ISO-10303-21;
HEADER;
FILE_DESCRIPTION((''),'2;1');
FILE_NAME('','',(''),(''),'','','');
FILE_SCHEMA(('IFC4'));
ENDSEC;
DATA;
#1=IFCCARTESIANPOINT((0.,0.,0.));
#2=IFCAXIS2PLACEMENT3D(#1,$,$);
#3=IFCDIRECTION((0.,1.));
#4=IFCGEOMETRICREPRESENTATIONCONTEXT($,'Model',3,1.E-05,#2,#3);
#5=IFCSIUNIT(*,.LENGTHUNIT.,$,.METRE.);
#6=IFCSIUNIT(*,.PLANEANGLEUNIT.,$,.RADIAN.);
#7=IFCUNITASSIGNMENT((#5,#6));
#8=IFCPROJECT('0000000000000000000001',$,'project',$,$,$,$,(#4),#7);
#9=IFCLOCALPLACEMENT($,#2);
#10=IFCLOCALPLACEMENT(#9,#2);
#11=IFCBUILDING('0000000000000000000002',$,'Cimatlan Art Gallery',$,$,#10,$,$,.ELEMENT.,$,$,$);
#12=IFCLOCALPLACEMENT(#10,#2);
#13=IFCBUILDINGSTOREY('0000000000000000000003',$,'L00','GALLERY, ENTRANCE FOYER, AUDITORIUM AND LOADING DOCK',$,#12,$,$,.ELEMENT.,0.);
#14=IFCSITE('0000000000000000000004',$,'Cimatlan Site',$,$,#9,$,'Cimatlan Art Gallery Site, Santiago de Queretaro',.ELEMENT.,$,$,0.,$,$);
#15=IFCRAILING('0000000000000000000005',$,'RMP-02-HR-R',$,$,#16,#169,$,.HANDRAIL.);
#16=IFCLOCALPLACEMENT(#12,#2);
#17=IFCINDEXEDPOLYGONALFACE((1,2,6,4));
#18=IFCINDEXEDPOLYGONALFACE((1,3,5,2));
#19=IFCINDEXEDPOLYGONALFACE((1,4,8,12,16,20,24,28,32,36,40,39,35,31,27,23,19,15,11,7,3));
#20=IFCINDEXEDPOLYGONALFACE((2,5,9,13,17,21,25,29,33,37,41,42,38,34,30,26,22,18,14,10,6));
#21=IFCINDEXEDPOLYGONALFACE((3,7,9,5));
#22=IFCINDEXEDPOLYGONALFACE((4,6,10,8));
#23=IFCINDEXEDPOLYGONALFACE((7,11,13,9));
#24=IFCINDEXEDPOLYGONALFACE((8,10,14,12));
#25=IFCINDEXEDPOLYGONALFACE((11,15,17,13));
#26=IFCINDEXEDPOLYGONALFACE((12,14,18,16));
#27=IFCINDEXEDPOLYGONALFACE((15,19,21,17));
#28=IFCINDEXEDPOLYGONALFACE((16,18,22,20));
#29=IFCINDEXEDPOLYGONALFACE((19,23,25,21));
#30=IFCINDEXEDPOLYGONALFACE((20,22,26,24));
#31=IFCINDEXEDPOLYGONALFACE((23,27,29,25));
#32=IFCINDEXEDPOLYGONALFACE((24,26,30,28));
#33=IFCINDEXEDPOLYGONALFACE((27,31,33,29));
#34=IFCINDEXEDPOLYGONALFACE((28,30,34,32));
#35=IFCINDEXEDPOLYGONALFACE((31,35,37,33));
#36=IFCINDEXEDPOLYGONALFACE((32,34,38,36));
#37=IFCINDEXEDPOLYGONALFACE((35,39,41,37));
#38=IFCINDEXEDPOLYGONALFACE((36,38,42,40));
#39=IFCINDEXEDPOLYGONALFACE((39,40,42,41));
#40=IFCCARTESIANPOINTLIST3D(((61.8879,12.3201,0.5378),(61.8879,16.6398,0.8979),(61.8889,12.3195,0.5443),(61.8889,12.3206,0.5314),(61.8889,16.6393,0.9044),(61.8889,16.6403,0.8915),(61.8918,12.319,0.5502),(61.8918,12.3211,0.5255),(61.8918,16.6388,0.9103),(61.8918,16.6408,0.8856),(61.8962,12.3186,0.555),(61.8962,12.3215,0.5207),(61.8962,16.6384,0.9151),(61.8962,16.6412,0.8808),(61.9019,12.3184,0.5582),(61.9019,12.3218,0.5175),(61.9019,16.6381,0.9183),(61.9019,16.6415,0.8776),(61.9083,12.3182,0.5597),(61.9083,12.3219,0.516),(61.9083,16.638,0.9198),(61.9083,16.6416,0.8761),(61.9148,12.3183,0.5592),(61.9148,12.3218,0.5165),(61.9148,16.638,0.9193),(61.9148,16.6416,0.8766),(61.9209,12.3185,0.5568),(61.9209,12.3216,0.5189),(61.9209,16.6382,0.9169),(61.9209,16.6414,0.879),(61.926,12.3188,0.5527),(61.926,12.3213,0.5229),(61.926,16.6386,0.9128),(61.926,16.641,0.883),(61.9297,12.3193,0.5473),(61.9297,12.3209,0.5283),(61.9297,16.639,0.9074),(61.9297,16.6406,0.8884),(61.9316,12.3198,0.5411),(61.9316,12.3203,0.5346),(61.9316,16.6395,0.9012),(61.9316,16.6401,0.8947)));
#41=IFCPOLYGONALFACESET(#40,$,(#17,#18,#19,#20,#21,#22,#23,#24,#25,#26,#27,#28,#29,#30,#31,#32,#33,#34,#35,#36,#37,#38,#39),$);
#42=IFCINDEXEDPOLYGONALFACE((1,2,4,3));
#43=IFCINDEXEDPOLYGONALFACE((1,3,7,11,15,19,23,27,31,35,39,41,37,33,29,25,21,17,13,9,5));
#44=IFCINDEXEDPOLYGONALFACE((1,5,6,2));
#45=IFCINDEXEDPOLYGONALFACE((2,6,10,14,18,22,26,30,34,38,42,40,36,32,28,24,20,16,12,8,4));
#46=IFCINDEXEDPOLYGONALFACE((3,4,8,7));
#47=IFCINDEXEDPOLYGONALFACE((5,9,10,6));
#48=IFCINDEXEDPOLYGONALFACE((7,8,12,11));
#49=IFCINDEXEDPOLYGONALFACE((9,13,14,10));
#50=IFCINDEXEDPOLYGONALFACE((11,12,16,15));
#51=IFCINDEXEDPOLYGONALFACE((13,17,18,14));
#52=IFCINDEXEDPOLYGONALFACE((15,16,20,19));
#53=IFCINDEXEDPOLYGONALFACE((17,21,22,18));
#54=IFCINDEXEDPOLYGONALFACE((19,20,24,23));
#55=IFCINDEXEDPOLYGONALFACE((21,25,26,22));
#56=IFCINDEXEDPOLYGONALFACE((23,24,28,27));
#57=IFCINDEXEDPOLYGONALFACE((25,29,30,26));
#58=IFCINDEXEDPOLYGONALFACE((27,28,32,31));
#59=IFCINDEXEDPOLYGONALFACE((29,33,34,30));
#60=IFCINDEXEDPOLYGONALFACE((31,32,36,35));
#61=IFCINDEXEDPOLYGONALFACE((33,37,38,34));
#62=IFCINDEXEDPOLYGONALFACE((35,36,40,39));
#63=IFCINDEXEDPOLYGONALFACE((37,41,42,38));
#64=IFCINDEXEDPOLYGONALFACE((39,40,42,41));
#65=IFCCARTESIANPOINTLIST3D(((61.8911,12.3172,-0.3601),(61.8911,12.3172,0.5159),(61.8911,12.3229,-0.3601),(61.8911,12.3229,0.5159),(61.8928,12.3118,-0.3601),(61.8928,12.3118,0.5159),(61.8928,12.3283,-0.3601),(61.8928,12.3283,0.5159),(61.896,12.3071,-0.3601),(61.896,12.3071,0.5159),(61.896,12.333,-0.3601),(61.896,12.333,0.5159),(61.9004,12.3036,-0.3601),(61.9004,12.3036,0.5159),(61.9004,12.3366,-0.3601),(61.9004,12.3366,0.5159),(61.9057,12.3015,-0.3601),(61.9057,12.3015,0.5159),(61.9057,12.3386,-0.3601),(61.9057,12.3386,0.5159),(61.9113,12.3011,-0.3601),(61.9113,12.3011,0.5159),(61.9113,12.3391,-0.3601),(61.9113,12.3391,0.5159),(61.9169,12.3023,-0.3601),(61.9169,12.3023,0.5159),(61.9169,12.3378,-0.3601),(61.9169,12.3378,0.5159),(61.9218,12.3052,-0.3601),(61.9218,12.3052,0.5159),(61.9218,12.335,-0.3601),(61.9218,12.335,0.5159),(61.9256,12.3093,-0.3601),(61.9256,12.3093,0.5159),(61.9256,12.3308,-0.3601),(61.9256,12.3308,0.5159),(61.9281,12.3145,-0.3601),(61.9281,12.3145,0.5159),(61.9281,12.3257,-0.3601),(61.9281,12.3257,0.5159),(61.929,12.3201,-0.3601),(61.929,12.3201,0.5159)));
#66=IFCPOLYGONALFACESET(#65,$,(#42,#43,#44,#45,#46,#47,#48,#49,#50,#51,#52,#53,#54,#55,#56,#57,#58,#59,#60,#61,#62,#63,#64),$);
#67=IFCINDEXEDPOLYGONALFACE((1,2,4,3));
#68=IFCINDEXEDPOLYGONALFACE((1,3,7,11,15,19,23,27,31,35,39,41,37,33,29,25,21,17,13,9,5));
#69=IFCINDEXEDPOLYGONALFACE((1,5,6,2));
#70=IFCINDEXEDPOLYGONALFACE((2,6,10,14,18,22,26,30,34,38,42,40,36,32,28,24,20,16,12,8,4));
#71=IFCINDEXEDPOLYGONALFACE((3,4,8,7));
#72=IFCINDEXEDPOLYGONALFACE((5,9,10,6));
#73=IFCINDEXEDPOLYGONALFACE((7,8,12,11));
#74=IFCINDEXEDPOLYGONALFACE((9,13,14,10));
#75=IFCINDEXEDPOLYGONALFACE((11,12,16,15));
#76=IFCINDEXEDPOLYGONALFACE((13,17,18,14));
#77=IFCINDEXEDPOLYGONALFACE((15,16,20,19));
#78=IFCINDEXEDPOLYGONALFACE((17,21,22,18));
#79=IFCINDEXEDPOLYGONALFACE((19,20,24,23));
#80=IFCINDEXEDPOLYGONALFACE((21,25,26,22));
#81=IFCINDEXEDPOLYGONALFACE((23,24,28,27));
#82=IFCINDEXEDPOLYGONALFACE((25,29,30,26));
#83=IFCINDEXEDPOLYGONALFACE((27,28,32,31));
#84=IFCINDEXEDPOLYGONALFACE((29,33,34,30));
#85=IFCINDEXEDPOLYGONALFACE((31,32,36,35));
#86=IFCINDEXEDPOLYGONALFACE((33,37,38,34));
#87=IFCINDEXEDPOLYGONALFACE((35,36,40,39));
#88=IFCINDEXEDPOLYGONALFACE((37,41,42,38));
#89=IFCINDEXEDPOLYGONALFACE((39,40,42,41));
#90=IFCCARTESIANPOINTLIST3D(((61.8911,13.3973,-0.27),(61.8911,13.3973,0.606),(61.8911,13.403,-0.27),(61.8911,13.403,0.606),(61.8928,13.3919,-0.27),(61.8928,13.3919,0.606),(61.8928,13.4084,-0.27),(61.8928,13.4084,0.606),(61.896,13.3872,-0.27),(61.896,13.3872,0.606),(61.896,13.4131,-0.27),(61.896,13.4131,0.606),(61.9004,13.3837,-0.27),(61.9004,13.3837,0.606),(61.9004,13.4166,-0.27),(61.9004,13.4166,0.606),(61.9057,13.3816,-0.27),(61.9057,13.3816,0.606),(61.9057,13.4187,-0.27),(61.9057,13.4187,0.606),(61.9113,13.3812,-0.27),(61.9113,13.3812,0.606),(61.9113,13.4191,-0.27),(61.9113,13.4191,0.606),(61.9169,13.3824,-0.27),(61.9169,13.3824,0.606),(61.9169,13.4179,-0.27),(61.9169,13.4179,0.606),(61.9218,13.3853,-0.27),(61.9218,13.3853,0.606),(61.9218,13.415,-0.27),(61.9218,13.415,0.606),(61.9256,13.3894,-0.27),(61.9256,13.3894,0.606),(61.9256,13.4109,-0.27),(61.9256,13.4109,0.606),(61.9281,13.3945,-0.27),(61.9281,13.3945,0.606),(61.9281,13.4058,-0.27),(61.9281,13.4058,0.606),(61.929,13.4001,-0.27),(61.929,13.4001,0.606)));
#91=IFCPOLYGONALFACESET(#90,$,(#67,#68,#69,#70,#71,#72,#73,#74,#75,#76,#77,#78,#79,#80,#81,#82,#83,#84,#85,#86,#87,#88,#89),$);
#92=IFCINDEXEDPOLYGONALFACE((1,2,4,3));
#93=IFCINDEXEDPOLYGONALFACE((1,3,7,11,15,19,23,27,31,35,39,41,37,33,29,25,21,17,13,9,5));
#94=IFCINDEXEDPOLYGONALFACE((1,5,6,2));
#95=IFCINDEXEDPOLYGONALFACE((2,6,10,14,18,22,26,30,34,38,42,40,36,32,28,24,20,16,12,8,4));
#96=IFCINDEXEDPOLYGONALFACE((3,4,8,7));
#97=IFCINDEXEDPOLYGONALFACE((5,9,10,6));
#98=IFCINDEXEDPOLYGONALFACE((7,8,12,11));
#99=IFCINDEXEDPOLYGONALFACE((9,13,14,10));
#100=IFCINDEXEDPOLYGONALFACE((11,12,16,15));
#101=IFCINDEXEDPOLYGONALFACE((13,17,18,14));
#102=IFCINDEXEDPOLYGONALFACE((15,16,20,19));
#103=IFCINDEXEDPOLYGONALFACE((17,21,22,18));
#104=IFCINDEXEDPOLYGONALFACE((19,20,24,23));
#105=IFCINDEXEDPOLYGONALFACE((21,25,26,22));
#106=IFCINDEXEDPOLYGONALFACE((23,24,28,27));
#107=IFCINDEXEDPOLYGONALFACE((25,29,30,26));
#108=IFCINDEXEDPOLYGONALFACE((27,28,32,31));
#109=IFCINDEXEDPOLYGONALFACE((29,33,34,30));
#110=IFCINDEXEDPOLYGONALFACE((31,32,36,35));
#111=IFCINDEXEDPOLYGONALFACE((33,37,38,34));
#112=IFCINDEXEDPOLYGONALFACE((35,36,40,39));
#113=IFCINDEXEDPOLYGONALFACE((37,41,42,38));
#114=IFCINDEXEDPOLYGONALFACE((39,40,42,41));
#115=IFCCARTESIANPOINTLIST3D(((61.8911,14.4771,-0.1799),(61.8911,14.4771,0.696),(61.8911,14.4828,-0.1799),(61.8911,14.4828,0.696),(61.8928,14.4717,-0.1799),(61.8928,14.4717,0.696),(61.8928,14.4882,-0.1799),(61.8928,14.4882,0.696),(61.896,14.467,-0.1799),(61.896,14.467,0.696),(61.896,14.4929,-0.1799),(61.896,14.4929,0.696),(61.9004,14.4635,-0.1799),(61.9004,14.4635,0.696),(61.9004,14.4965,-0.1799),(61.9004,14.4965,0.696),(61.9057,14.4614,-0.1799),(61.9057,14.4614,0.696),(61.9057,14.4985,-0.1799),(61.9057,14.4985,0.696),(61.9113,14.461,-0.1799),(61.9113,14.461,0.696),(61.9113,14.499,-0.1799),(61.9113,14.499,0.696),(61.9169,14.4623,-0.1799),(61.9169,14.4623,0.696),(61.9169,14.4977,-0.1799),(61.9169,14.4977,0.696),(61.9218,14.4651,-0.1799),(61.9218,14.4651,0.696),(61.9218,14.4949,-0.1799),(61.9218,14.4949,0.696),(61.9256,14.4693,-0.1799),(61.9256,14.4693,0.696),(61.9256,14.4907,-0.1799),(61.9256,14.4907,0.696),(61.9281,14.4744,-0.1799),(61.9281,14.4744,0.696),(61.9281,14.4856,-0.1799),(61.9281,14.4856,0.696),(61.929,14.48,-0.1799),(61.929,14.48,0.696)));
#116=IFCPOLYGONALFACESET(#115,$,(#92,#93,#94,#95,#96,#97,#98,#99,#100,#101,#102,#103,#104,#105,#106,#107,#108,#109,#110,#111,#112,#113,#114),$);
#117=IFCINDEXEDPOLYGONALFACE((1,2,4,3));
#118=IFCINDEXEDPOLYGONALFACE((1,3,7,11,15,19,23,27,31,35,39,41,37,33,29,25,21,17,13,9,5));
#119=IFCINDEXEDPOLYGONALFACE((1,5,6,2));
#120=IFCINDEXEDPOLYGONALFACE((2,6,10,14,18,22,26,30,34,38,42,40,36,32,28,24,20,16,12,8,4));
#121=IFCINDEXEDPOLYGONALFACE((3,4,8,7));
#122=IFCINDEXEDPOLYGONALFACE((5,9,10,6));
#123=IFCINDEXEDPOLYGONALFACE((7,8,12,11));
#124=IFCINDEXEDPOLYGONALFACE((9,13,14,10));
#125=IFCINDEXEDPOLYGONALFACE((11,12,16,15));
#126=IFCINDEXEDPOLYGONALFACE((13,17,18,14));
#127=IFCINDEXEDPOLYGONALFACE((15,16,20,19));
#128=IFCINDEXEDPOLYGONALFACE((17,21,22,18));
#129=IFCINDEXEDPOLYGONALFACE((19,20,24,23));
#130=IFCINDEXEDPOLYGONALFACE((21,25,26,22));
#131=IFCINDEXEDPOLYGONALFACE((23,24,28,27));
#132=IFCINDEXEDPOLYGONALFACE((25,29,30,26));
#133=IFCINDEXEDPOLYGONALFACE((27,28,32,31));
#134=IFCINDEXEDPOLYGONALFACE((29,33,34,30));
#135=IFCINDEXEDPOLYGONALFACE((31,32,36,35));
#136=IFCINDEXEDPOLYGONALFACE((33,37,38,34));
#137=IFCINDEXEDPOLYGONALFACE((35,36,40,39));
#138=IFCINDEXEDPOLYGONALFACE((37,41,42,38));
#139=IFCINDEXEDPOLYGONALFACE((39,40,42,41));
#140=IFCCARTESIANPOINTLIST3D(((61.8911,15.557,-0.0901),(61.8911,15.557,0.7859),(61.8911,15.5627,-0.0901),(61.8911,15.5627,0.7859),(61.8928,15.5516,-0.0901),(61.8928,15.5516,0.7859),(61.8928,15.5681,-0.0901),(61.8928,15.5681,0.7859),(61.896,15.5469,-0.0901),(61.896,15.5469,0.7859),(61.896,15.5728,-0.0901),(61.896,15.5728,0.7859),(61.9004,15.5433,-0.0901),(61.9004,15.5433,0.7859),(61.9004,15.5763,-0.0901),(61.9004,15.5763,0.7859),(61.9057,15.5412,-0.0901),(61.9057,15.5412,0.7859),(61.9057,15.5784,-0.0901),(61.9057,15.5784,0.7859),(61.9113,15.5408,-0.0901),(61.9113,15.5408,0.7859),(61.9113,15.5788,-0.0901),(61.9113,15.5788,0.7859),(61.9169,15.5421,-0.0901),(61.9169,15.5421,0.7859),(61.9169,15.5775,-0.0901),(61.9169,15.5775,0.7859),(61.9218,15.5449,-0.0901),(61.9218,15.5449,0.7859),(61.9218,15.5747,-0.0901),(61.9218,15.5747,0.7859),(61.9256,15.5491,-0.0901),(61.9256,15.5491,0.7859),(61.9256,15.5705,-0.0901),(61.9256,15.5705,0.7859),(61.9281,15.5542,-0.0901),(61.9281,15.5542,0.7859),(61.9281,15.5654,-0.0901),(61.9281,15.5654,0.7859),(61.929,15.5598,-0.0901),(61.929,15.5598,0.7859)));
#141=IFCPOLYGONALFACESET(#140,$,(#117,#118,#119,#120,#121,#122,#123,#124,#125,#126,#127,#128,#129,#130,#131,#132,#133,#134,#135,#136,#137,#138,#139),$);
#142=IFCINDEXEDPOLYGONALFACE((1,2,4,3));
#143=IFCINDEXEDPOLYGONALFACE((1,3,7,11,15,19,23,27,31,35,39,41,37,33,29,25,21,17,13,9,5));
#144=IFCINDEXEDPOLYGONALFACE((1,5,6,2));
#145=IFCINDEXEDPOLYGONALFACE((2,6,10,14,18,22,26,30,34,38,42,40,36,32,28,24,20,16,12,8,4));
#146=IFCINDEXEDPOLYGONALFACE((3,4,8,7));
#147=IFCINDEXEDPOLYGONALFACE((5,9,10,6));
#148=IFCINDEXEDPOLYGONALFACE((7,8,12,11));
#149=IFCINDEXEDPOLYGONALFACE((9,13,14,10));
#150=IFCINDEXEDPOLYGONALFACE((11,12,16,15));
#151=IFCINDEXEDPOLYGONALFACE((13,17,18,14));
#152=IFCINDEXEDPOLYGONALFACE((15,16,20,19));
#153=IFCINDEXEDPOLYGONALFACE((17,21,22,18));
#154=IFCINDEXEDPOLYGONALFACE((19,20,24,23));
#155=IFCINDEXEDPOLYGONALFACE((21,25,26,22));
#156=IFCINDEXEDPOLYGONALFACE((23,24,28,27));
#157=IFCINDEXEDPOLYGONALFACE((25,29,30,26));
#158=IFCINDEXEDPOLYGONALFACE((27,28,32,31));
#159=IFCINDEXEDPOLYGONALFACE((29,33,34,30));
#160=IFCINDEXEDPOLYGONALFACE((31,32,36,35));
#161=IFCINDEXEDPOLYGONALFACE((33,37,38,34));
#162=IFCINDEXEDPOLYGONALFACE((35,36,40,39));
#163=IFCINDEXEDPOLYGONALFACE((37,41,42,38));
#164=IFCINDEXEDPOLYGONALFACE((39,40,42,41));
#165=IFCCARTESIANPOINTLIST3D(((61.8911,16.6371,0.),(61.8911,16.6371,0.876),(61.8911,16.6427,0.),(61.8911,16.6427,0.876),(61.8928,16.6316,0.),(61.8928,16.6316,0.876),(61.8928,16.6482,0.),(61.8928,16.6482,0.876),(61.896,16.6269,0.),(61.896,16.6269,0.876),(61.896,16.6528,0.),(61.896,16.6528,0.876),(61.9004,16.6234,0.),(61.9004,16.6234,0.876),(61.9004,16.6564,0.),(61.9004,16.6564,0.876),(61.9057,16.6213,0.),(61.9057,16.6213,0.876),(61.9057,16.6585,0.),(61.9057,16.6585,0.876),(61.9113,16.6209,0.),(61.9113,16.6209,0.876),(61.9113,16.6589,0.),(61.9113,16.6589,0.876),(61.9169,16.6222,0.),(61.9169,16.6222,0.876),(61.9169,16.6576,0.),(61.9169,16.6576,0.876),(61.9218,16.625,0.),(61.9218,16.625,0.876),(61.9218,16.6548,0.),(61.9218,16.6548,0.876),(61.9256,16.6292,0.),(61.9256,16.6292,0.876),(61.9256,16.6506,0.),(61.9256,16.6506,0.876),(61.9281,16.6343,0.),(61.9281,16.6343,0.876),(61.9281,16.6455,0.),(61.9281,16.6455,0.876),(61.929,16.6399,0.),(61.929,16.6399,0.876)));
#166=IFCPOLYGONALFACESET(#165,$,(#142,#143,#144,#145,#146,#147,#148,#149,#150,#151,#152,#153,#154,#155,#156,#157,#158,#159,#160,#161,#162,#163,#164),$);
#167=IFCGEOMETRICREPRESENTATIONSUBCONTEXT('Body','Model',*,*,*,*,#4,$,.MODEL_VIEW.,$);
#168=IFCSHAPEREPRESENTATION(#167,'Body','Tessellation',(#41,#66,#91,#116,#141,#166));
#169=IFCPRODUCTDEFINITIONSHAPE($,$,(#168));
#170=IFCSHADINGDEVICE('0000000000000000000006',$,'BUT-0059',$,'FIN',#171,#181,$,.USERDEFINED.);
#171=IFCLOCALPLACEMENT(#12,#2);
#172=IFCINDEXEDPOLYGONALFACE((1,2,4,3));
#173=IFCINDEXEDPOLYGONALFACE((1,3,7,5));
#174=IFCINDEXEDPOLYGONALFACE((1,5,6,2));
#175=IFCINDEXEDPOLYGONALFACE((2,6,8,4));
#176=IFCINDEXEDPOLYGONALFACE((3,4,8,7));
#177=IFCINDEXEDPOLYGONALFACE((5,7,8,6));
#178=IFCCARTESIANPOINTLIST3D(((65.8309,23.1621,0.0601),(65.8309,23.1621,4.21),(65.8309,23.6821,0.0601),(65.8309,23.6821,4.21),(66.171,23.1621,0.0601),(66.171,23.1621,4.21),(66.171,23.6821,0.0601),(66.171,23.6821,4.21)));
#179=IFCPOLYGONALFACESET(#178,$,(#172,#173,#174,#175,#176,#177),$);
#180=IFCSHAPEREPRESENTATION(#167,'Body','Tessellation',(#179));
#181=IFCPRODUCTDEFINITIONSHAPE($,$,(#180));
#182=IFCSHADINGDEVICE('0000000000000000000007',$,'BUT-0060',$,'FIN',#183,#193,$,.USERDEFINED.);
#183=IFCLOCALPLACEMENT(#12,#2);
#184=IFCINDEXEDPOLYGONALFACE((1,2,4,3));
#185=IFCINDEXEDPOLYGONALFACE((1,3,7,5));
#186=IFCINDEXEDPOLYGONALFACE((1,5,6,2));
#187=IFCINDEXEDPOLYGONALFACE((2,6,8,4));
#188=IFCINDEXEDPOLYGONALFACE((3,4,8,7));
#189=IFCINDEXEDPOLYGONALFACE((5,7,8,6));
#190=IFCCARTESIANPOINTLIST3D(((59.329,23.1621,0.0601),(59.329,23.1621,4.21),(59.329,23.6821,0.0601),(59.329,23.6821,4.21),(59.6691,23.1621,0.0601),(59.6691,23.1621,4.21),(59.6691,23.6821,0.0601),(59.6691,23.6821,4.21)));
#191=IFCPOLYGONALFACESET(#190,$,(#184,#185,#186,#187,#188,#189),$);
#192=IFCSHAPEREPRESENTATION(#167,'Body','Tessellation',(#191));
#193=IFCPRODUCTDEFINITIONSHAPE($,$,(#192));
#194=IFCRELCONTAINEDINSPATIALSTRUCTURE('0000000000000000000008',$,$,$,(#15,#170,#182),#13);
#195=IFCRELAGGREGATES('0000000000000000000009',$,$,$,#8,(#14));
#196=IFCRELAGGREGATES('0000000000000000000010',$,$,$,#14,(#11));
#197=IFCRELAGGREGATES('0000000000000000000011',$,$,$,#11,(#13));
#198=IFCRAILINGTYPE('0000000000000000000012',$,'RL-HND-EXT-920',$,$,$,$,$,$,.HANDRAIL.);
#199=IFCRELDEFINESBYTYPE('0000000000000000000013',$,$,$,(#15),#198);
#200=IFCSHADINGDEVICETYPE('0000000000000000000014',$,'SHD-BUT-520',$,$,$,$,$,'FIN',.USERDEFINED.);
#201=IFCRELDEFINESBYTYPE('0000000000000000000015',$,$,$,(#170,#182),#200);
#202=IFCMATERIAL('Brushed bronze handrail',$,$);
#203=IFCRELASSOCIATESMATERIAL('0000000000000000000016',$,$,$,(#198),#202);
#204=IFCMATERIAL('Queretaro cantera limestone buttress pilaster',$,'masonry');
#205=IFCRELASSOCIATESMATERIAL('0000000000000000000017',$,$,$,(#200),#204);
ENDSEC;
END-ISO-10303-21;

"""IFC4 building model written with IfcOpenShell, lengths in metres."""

from ifc_helpers import new_model, si_unit, direction, frame, origin, origin_2d, place, context, subcontext, project, spatial, rectangle, circle, extrude, material, type_object, element, save


model = new_model("IFC4")

# Units and contexts
model_context = context("Model", 3, precision=1e-05, world=origin(), true_north=direction((0.0, 1.0)))
body_context = subcontext(model_context, "Body", "Model", "MODEL_VIEW")
ifc_project = project(units=[si_unit("LENGTHUNIT", "METRE"), si_unit("PLANEANGLEUNIT", "RADIAN")], contexts=[model_context])

# Site, building, storey
site_placement = place(None, origin())
site = spatial("IfcSite", under=ifc_project, at=site_placement, Name="Cimatlan Site", LongName="Cimatlan Art Gallery Site, Santiago de Queretaro", CompositionType="ELEMENT", RefElevation=0.0)
building_placement = place(site_placement, origin())
building = spatial("IfcBuilding", under=site, at=building_placement, Name="Cimatlan Art Gallery", CompositionType="ELEMENT")
storey_placement = place(building_placement, origin())
storey = spatial("IfcBuildingStorey", under=building, at=storey_placement, Name="L00", Description="GALLERY, ENTRANCE FOYER, AUDITORIUM AND LOADING DOCK", CompositionType="ELEMENT", Elevation=0.0)

# Railing
ifc_material_1 = material(Name="Brushed bronze handrail")
railing_type = type_object("IfcRailingType", Name="RL-HND-EXT-920", PredefinedType="HANDRAIL", material=ifc_material_1)
for number, where, name in (
    (1, (61.9099, 12.3201, -0.3601), "RMP-02-HR-R"),
):
    element("IfcRailing", number, at=place(storey_placement, frame(where)), inside=storey, type_object=railing_type, Name=name, PredefinedType="HANDRAIL", context=body_context, shape_type="SweptSolid", body=[
        extrude(circle(Radius=0.022, at=origin_2d()), frame((0.0, 0.0, 0.8979), z_axis=(0.0, 0.996543, 0.083073), x_axis=(-1.0, 0.0, 0.0)), (0.0, 0.0, 1.0), 4.3347),
        extrude(circle(Radius=0.019, at=origin_2d()), origin(), (0.0, 0.0, 1.0), 0.876),
        extrude(circle(Radius=0.019, at=origin_2d()), frame((0.0, 1.0801, 0.0901)), (0.0, 0.0, 1.0), 0.876),
        extrude(circle(Radius=0.019, at=origin_2d()), frame((0.0, 2.1599, 0.1802)), (0.0, 0.0, 1.0), 0.876),
        extrude(circle(Radius=0.019, at=origin_2d()), frame((0.0, 3.2397, 0.27)), (0.0, 0.0, 1.0), 0.876),
        extrude(circle(Radius=0.019, at=origin_2d()), frame((0.0, 4.3198, 0.3601)), (0.0, 0.0, 1.0), 0.876),
    ])

# Shading devices
ifc_material_2 = material(Name="Queretaro cantera limestone buttress pilaster", Category="masonry")
shading_device_type = type_object("IfcShadingDeviceType", Name="SHD-BUT-520", ElementType="FIN", PredefinedType="USERDEFINED", material=ifc_material_2)
for number, where, z_axis, x_axis, name in (
    (2, (66.001, 23.4221, 0.0601), (0.0, 0.0, 1.0), (-1.0, 0.0, 0.0), "BUT-0059"),
    (3, (59.499, 23.4221, 0.0601), (0.0, 0.0, 1.0), (-1.0, 0.0, 0.0), "BUT-0060"),
):
    element("IfcShadingDevice", number, at=place(storey_placement, frame(where, z_axis=z_axis, x_axis=x_axis)), inside=storey, type_object=shading_device_type, Name=name, ObjectType="FIN", PredefinedType="USERDEFINED", context=body_context, shape_type="SweptSolid", body=[
        extrude(rectangle(XDim=0.3401, YDim=0.52, at=origin_2d()), origin(), (0.0, 0.0, 1.0), 4.1499),
    ])

save(model, "model.ifc")
